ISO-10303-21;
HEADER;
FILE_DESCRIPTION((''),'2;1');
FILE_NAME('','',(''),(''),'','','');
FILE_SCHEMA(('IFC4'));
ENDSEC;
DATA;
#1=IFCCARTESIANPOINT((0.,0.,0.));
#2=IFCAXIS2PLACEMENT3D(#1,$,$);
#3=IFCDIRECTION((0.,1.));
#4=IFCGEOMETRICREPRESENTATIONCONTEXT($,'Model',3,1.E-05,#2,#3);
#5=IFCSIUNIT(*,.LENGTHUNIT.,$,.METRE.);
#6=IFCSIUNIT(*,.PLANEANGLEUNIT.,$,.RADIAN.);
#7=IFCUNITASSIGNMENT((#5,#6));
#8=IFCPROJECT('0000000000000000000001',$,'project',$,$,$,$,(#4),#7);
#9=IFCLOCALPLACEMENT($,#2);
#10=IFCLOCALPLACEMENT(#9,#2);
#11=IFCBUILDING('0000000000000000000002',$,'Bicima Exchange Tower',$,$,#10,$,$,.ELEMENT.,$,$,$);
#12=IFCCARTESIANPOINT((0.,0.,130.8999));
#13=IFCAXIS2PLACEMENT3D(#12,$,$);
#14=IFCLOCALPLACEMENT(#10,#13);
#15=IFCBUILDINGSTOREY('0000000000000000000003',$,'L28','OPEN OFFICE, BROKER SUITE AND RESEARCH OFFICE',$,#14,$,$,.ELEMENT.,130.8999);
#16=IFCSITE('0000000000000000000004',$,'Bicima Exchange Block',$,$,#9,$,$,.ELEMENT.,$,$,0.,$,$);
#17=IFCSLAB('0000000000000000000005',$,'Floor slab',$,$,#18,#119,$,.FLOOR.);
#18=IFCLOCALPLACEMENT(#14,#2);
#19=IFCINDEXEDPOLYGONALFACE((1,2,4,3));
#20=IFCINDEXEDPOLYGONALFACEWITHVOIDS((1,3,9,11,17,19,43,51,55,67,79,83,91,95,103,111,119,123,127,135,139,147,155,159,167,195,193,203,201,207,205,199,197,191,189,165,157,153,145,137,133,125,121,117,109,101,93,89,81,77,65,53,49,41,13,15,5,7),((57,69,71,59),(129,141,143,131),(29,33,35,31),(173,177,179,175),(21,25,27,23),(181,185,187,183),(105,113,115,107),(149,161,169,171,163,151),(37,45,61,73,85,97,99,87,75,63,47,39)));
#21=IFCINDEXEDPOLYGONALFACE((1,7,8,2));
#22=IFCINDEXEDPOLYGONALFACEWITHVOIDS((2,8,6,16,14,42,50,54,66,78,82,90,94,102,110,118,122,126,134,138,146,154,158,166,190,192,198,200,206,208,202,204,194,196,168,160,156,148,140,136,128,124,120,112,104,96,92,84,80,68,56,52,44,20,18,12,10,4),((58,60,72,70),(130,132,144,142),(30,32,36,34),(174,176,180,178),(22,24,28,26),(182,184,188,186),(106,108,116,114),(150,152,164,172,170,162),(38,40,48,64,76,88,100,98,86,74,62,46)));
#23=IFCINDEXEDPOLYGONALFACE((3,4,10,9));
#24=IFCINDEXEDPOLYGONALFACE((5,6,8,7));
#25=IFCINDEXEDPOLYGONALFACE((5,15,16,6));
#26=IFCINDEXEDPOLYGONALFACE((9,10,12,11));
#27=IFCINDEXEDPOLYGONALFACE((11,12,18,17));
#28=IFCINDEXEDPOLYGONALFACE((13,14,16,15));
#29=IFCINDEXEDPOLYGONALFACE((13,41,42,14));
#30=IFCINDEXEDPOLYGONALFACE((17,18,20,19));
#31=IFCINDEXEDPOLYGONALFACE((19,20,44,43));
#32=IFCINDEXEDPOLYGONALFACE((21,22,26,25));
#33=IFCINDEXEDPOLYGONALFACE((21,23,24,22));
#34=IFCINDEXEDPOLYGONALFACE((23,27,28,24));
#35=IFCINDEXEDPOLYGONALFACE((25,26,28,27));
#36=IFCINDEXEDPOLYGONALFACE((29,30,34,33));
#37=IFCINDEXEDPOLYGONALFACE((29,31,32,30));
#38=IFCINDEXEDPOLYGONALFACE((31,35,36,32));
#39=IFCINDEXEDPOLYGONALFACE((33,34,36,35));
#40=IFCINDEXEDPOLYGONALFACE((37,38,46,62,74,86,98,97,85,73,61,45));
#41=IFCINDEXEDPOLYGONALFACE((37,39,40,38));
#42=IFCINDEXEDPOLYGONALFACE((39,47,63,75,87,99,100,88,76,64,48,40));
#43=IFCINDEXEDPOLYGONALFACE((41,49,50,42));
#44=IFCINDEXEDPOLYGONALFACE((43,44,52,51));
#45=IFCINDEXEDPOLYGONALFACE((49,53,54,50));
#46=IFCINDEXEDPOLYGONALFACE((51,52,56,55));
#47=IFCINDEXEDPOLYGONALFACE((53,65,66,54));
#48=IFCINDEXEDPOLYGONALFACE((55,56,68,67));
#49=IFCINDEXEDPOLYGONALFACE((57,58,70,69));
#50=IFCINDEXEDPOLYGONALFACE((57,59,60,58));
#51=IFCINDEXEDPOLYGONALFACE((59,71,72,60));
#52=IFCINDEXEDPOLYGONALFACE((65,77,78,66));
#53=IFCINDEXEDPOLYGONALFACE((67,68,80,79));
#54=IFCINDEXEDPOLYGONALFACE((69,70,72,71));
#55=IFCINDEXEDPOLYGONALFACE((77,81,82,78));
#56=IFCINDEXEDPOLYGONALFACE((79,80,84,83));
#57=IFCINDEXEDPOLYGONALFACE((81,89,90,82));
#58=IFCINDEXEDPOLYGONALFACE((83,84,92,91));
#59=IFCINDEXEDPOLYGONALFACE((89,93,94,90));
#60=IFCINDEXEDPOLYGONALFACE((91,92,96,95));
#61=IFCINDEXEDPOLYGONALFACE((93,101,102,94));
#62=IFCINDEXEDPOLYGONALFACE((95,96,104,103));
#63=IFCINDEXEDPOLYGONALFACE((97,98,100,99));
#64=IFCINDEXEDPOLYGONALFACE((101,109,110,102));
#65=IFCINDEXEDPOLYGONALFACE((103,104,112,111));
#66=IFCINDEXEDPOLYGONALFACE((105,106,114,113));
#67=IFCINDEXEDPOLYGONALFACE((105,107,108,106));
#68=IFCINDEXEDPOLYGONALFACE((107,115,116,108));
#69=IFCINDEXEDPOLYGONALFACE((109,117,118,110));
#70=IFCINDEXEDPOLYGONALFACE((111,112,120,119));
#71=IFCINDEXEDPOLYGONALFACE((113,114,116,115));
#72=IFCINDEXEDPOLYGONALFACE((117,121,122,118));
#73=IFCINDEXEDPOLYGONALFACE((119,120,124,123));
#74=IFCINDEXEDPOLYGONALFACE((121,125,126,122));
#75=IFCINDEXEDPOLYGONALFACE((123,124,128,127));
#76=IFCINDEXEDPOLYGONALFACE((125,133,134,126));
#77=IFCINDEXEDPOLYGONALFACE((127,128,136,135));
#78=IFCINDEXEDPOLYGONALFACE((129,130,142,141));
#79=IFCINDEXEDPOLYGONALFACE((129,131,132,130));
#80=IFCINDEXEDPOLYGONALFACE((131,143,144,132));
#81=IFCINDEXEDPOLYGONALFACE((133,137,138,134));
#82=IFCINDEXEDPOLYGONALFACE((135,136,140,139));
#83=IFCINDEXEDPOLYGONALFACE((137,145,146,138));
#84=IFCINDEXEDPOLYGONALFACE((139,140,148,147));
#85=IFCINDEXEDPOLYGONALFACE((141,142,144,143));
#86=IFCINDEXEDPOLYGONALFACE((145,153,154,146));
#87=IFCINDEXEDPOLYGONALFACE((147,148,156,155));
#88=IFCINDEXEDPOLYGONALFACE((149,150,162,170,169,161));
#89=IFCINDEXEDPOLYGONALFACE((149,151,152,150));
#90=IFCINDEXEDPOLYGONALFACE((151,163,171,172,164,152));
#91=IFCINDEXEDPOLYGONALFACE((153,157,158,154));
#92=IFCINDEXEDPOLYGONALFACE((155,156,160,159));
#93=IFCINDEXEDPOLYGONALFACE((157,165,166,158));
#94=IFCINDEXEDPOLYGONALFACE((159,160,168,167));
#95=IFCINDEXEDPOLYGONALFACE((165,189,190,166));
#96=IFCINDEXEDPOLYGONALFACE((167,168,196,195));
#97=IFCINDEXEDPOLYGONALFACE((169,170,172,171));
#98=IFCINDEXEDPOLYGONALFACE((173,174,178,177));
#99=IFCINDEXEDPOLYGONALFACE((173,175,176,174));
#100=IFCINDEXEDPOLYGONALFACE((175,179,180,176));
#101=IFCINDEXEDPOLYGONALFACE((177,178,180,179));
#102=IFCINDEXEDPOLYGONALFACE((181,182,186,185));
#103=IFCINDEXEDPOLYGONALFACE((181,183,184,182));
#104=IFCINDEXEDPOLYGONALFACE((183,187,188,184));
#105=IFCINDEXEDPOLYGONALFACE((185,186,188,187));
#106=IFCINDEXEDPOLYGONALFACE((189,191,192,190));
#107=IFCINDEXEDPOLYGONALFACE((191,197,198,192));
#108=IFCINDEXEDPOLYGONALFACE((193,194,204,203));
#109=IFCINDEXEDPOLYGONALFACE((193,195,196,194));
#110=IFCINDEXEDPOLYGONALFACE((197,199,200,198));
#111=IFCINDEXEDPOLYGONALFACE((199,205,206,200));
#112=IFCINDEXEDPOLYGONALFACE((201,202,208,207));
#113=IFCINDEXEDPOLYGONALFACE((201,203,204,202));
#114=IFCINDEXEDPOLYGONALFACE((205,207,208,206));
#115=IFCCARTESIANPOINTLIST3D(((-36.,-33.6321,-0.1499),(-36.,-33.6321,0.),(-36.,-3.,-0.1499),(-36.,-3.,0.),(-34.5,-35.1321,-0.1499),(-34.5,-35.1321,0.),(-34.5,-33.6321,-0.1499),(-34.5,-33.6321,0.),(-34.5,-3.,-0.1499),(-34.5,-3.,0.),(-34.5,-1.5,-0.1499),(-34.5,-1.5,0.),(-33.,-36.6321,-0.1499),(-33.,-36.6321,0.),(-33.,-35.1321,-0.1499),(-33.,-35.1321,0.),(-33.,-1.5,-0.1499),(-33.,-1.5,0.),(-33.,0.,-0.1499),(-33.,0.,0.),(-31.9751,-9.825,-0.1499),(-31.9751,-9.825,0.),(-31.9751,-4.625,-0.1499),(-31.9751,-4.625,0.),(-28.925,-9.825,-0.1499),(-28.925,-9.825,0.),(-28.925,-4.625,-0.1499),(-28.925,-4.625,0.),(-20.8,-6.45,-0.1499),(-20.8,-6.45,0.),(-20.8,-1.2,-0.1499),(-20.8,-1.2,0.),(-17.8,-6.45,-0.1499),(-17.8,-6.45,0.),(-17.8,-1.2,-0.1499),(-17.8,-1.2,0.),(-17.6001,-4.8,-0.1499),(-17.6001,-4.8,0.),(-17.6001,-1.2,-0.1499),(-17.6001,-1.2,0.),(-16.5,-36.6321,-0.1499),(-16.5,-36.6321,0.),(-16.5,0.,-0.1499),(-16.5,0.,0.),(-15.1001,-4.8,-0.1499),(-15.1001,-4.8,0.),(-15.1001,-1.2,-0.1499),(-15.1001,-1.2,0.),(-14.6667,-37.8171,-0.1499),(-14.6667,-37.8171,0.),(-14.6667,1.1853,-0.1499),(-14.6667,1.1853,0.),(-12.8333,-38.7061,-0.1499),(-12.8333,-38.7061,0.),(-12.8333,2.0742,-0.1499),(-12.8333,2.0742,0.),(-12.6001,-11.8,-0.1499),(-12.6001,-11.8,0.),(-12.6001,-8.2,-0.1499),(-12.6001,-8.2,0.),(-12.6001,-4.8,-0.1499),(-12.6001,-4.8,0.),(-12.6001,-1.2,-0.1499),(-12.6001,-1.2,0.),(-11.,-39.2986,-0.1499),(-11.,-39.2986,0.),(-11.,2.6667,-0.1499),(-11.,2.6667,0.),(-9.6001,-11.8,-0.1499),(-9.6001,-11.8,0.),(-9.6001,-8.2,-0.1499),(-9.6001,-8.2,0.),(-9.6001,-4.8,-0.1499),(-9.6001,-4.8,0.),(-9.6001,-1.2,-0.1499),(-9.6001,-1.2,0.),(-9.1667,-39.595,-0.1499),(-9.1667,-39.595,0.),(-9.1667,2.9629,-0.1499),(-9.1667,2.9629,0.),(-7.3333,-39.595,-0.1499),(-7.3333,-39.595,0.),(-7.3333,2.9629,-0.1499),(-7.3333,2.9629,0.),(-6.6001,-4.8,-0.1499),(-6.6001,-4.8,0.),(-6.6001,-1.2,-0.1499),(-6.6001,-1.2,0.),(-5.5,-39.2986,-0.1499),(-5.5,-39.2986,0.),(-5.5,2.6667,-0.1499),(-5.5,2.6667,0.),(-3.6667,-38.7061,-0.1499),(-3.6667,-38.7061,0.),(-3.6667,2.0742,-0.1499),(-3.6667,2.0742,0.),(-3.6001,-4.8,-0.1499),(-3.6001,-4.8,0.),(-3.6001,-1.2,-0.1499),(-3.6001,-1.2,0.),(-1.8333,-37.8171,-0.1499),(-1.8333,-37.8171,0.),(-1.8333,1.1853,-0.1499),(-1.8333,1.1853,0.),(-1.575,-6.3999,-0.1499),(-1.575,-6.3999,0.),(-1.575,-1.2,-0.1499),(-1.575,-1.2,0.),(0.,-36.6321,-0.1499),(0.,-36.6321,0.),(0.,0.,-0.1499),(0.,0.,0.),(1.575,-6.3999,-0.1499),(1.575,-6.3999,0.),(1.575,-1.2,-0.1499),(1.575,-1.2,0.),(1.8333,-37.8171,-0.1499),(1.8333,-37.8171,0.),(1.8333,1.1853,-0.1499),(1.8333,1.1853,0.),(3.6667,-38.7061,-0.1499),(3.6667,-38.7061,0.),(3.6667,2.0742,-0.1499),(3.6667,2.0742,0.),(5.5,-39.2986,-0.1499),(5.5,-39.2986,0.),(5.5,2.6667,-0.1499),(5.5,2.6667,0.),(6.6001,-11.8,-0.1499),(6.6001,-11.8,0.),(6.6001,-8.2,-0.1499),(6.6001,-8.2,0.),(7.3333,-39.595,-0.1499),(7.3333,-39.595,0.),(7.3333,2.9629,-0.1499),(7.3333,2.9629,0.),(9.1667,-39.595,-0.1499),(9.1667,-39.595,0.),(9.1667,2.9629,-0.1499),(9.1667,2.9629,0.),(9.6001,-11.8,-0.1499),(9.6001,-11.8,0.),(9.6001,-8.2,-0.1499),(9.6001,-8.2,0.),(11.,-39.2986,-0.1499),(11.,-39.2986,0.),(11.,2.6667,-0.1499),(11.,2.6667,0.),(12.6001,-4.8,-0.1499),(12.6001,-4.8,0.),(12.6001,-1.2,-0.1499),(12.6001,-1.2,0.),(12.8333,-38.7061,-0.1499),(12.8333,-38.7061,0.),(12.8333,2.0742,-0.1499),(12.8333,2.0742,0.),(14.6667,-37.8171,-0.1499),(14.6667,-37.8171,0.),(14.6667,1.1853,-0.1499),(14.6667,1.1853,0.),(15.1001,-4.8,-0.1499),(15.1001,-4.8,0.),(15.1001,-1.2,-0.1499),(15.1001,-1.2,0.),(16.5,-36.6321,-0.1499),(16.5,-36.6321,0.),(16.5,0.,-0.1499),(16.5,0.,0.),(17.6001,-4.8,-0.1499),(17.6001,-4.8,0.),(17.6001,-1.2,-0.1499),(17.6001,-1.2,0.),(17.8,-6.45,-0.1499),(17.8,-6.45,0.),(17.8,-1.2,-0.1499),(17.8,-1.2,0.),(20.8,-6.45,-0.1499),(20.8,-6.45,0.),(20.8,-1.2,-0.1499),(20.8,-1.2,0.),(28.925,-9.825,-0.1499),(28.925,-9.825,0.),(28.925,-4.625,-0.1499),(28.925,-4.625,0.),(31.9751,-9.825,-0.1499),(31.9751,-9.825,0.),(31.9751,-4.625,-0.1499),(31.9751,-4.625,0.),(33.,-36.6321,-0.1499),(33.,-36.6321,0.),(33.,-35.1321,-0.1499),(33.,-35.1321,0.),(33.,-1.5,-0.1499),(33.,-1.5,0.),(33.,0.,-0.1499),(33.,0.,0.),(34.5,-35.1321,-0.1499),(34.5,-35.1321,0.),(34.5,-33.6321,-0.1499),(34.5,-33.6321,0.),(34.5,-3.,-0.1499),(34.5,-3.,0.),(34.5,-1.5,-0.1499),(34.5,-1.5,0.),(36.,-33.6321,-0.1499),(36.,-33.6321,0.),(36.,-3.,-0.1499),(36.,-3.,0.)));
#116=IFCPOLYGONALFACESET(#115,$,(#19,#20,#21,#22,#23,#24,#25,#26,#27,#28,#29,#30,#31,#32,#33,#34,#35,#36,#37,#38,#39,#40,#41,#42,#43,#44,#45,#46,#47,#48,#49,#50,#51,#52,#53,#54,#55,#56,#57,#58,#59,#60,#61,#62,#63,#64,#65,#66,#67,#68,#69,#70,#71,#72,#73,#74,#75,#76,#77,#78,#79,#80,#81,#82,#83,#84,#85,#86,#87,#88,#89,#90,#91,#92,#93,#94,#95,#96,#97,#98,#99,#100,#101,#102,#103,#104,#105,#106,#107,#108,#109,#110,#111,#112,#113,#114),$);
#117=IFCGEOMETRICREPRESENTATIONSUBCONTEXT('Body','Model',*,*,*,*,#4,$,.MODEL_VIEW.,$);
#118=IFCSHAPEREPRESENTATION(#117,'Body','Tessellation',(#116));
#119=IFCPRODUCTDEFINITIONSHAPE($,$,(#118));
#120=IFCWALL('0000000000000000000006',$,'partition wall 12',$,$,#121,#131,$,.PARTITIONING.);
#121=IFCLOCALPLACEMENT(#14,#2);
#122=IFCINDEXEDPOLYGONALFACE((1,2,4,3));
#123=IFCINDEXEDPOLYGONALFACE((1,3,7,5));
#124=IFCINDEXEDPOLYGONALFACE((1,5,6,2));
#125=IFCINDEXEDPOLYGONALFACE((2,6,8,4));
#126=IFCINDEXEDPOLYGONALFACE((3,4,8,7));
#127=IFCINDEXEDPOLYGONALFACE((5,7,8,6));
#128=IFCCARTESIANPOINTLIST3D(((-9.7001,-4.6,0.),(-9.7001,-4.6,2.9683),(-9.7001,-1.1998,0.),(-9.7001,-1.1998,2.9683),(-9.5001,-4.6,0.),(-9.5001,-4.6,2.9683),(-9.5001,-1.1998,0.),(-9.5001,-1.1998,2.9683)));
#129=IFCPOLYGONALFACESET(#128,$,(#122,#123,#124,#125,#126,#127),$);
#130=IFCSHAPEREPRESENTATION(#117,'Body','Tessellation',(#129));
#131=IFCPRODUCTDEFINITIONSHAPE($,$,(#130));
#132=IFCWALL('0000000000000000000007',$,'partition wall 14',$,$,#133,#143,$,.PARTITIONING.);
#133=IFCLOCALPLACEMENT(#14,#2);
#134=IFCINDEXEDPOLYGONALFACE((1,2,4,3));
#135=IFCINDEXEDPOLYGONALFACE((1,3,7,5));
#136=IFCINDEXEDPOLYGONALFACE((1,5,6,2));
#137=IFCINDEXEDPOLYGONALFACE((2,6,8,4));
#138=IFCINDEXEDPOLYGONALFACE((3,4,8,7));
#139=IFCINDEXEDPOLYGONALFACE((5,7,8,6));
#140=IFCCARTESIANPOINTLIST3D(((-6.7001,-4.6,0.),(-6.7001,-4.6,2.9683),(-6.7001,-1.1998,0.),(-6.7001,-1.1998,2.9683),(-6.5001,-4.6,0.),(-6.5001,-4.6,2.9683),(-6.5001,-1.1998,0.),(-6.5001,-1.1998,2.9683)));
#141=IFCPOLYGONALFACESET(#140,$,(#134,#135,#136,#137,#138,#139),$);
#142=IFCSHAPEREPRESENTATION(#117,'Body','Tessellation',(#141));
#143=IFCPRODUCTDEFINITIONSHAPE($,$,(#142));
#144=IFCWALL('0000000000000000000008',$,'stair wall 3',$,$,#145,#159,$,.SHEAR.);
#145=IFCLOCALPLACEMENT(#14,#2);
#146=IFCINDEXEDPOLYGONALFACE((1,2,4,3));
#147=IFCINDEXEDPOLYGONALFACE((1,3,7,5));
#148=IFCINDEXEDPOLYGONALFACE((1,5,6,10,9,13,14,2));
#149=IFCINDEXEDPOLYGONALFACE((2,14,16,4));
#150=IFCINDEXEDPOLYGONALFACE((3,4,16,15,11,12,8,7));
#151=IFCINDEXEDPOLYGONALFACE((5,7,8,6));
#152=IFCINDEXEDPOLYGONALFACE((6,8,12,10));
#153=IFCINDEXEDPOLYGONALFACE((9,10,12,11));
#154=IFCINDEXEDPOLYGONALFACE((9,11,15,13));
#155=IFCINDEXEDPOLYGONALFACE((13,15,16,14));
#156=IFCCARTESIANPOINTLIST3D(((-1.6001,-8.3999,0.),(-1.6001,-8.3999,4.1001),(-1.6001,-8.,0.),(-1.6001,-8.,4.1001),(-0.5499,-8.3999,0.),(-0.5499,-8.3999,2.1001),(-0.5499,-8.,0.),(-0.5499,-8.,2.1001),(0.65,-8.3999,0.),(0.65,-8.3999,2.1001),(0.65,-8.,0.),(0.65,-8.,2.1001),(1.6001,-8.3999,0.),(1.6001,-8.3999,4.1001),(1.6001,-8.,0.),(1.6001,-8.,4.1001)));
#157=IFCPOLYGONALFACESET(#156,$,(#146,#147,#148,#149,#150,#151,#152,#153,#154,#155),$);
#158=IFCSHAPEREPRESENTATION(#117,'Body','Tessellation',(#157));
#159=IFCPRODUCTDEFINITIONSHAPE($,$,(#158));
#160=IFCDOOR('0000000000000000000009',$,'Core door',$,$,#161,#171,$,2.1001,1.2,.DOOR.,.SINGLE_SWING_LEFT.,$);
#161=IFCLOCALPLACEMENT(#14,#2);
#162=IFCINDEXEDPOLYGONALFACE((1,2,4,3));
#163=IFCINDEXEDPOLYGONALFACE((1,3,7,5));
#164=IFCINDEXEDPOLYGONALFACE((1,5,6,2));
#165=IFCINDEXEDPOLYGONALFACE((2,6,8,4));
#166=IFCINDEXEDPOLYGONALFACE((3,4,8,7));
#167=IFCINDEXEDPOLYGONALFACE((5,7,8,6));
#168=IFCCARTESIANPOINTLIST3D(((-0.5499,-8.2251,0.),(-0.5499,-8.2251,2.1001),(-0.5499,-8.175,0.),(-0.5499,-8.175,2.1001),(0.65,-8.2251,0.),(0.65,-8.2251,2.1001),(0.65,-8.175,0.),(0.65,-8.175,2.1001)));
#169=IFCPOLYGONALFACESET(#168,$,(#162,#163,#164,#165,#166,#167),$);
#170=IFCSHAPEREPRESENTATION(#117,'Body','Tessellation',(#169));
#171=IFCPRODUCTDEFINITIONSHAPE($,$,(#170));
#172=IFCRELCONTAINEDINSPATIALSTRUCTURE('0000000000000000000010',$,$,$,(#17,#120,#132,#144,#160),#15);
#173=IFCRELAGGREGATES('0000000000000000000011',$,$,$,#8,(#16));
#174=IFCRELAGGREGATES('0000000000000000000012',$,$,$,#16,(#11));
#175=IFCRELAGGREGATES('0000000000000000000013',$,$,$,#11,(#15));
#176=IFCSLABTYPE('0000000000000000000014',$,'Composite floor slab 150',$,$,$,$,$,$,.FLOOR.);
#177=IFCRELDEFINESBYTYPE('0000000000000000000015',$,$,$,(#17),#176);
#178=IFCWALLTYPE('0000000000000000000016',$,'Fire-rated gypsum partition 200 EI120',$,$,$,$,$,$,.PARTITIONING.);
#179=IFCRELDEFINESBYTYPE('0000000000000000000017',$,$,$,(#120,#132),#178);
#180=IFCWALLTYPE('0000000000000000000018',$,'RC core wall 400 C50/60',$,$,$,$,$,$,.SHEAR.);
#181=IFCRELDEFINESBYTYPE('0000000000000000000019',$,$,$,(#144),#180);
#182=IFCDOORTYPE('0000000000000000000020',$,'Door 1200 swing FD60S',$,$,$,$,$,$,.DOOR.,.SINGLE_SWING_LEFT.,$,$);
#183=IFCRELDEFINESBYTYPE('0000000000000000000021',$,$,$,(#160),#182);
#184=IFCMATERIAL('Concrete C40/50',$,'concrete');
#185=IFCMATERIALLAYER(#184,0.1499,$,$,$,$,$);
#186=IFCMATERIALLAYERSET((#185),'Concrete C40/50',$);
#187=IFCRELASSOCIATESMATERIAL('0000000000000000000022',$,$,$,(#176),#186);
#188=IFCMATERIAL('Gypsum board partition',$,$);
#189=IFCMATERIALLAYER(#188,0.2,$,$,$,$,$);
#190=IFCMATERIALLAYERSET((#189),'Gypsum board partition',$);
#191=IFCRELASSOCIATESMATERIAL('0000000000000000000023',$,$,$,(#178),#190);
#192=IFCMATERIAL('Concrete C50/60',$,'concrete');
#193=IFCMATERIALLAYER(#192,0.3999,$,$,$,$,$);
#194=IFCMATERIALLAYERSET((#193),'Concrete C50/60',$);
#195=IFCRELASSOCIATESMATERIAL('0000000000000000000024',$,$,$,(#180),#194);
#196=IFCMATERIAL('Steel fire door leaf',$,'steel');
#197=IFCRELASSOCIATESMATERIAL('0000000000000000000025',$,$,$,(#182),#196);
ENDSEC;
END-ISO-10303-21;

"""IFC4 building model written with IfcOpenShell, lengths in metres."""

from ifc_helpers import new_model, si_unit, direction, frame, frame_2d, origin, place, context, subcontext, project, spatial, polyline, rectangle, outline, extrude, material, layer, layer_set, type_object, element, fill, save


model = new_model("IFC4")

# Units and contexts
model_context = context("Model", 3, precision=1e-05, world=origin(), true_north=direction((0.0, 1.0)))
body_context = subcontext(model_context, "Body", "Model", "MODEL_VIEW")
ifc_project = project(units=[si_unit("LENGTHUNIT", "METRE"), si_unit("PLANEANGLEUNIT", "RADIAN")], contexts=[model_context])

# Site, building, storey
site_placement = place(None, origin())
site = spatial("IfcSite", under=ifc_project, at=site_placement, Name="Bicima Exchange Block", CompositionType="ELEMENT", RefElevation=0.0)
building_placement = place(site_placement, origin())
building = spatial("IfcBuilding", under=site, at=building_placement, Name="Bicima Exchange Tower", CompositionType="ELEMENT")
storey_placement = place(building_placement, frame((0.0, 0.0, 130.8999)))
storey = spatial("IfcBuildingStorey", under=building, at=storey_placement, Name="L28", Description="OPEN OFFICE, BROKER SUITE AND RESEARCH OFFICE", CompositionType="ELEMENT", Elevation=130.8999)

# Slab
ifc_material_1 = material(Name="Concrete C40/50", Category="concrete")
ifc_layer_1 = layer(ifc_material_1, 0.1499)
ifc_layer_set_1 = layer_set([ifc_layer_1], Name="Concrete C40/50")
slab_type = type_object("IfcSlabType", Name="Composite floor slab 150", PredefinedType="FLOOR", material=ifc_layer_set_1)
slab_placement = place(storey_placement, frame((0.0, 0.0, -0.1499)))
element("IfcSlab", 1, at=slab_placement, inside=storey, type_object=slab_type, Name="Floor slab", PredefinedType="FLOOR", context=body_context, shape_type="SweptSolid", body=[
    extrude(outline(polyline([(-36.0, -33.6321), (-36.0, -3.0), (-34.5, -3.0), (-34.5, -1.5), (-33.0, -1.5), (-33.0, 0.0), (-16.5, 0.0), (-14.6667, 1.1853), (-12.8333, 2.0742), (-11.0, 2.6667), (-9.1667, 2.9629), (-7.3333, 2.9629), (-5.5, 2.6667), (-3.6667, 2.0742), (-1.8333, 1.1853), (0.0, 0.0), (1.8333, 1.1853), (3.6667, 2.0742), (5.5, 2.6667), (7.3333, 2.9629), (9.1667, 2.9629), (11.0, 2.6667), (12.8333, 2.0742), (14.6667, 1.1853), (16.5, 0.0), (33.0, 0.0), (33.0, -1.5), (34.5, -1.5), (34.5, -3.0), (36.0, -3.0), (36.0, -33.6321), (34.5, -33.6321), (34.5, -35.1321), (33.0, -35.1321), (33.0, -36.6321), (16.5, -36.6321), (14.6667, -37.8171), (12.8333, -38.7061), (11.0, -39.2986), (9.1667, -39.595), (7.3333, -39.595), (5.5, -39.2986), (3.6667, -38.7061), (1.8333, -37.8171), (0.0, -36.6321), (-1.8333, -37.8171), (-3.6667, -38.7061), (-5.5, -39.2986), (-7.3333, -39.595), (-9.1667, -39.595), (-11.0, -39.2986), (-12.8333, -38.7061), (-14.6667, -37.8171), (-16.5, -36.6321), (-33.0, -36.6321), (-33.0, -35.1321), (-34.5, -35.1321), (-34.5, -33.6321), (-36.0, -33.6321)]), holes=[polyline([(-9.6001, -11.8), (-9.6001, -8.2), (-12.6001, -8.2), (-12.6001, -11.8), (-9.6001, -11.8)]), polyline([(-31.9751, -9.825), (-28.925, -9.825), (-28.925, -4.625), (-31.9751, -4.625), (-31.9751, -9.825)]), polyline([(-20.8, -6.45), (-17.8, -6.45), (-17.8, -1.2), (-20.8, -1.2), (-20.8, -6.45)]), polyline([(-9.6001, -1.2), (-12.6001, -1.2), (-15.1001, -1.2), (-17.6001, -1.2), (-17.6001, -4.8), (-15.1001, -4.8), (-12.6001, -4.8), (-9.6001, -4.8), (-6.6001, -4.8), (-3.6001, -4.8), (-3.6001, -1.2), (-6.6001, -1.2), (-9.6001, -1.2)]), polyline([(9.6001, -11.8), (9.6001, -8.2), (6.6001, -8.2), (6.6001, -11.8), (9.6001, -11.8)]), polyline([(28.925, -9.825), (31.9751, -9.825), (31.9751, -4.625), (28.925, -4.625), (28.925, -9.825)]), polyline([(17.8, -6.45), (20.8, -6.45), (20.8, -1.2), (17.8, -1.2), (17.8, -6.45)]), polyline([(-1.575, -6.3999), (1.575, -6.3999), (1.575, -1.2), (-1.575, -1.2), (-1.575, -6.3999)]), polyline([(17.6001, -4.8), (17.6001, -1.2), (15.1001, -1.2), (12.6001, -1.2), (12.6001, -4.8), (15.1001, -4.8), (17.6001, -4.8)])]), origin(), (0.0, 0.0, 1.0), 0.1499),
])

# Walls
ifc_material_2 = material(Name="Gypsum board partition")
ifc_layer_2 = layer(ifc_material_2, 0.2)
ifc_layer_set_2 = layer_set([ifc_layer_2], Name="Gypsum board partition")
wall_type_1 = type_object("IfcWallType", Name="Fire-rated gypsum partition 200 EI120", PredefinedType="PARTITIONING", material=ifc_layer_set_2)
for number, where, z_axis, x_axis, name in (
    (2, (-9.6001, -4.6001, 0.0), (0.0, 0.0, 1.0), (0.0, 1.0, 0.0), "partition wall 12"),
    (3, (-6.6001, -4.6001, 0.0), (0.0, 0.0, 1.0), (0.0, 1.0, 0.0), "partition wall 14"),
):
    element("IfcWall", number, at=place(storey_placement, frame(where, z_axis=z_axis, x_axis=x_axis)), inside=storey, type_object=wall_type_1, Name=name, PredefinedType="PARTITIONING", context=body_context, shape_type="SweptSolid", body=[
        extrude(rectangle(XDim=3.4001, YDim=0.2, at=frame_2d((1.7002, 0.0))), origin(), (0.0, 0.0, 1.0), 2.9683),
    ])

# Wall, opening, door
ifc_material_3 = material(Name="Concrete C50/60", Category="concrete")
ifc_layer_3 = layer(ifc_material_3, 0.3999)
ifc_layer_set_3 = layer_set([ifc_layer_3], Name="Concrete C50/60")
wall_type_2 = type_object("IfcWallType", Name="RC core wall 400 C50/60", PredefinedType="SHEAR", material=ifc_layer_set_3)
wall_1_placement = place(storey_placement, frame((-1.6001, -8.2, 0.0), z_axis=(0.0, 0.0, 1.0), x_axis=(1.0, 0.0, 0.0)))
wall_1 = element("IfcWall", 4, at=wall_1_placement, inside=storey, type_object=wall_type_2, Name="stair wall 3", PredefinedType="SHEAR", context=body_context, shape_type="SweptSolid", body=[
    extrude(rectangle(XDim=3.2002, YDim=0.3999, at=frame_2d((1.6001, 0.0))), origin(), (0.0, 0.0, 1.0), 4.1001),
])
opening_1_placement = place(wall_1_placement, frame((1.05, 0.0, 0.0)))
opening_1 = element("IfcOpeningElement", 5, at=opening_1_placement, cuts=wall_1, PredefinedType="OPENING", context=body_context, shape_type="SweptSolid", body=[
    extrude(rectangle(XDim=1.2, YDim=2.1001, at=frame_2d((0.6001, 1.05))), frame((0.0, 0.2119, 0.0), z_axis=(0.0, -1.0, 0.0), x_axis=(1.0, 0.0, 0.0)), (0.0, 0.0, 1.0), 0.4238),
])
ifc_material_4 = material(Name="Steel fire door leaf", Category="steel")
door_type_1 = type_object("IfcDoorType", Name="Door 1200 swing FD60S", OperationType="SINGLE_SWING_LEFT", PredefinedType="DOOR", material=ifc_material_4)
door_1_placement = place(opening_1_placement, origin())
door_1 = element("IfcDoor", 6, at=door_1_placement, inside=storey, type_object=door_type_1, Name="Core door", OperationType="SINGLE_SWING_LEFT", OverallHeight=2.1001, OverallWidth=1.2, PredefinedType="DOOR", context=body_context, shape_type="SweptSolid", body=[
    extrude(rectangle(XDim=1.2, YDim=2.1001, at=frame_2d((0.6001, 1.05))), frame((0.0, 0.0249, 0.0), z_axis=(0.0, -1.0, 0.0), x_axis=(1.0, 0.0, 0.0)), (0.0, 0.0, 1.0), 0.05),
])
fill(opening_1, door_1)

save(model, "model.ifc")
